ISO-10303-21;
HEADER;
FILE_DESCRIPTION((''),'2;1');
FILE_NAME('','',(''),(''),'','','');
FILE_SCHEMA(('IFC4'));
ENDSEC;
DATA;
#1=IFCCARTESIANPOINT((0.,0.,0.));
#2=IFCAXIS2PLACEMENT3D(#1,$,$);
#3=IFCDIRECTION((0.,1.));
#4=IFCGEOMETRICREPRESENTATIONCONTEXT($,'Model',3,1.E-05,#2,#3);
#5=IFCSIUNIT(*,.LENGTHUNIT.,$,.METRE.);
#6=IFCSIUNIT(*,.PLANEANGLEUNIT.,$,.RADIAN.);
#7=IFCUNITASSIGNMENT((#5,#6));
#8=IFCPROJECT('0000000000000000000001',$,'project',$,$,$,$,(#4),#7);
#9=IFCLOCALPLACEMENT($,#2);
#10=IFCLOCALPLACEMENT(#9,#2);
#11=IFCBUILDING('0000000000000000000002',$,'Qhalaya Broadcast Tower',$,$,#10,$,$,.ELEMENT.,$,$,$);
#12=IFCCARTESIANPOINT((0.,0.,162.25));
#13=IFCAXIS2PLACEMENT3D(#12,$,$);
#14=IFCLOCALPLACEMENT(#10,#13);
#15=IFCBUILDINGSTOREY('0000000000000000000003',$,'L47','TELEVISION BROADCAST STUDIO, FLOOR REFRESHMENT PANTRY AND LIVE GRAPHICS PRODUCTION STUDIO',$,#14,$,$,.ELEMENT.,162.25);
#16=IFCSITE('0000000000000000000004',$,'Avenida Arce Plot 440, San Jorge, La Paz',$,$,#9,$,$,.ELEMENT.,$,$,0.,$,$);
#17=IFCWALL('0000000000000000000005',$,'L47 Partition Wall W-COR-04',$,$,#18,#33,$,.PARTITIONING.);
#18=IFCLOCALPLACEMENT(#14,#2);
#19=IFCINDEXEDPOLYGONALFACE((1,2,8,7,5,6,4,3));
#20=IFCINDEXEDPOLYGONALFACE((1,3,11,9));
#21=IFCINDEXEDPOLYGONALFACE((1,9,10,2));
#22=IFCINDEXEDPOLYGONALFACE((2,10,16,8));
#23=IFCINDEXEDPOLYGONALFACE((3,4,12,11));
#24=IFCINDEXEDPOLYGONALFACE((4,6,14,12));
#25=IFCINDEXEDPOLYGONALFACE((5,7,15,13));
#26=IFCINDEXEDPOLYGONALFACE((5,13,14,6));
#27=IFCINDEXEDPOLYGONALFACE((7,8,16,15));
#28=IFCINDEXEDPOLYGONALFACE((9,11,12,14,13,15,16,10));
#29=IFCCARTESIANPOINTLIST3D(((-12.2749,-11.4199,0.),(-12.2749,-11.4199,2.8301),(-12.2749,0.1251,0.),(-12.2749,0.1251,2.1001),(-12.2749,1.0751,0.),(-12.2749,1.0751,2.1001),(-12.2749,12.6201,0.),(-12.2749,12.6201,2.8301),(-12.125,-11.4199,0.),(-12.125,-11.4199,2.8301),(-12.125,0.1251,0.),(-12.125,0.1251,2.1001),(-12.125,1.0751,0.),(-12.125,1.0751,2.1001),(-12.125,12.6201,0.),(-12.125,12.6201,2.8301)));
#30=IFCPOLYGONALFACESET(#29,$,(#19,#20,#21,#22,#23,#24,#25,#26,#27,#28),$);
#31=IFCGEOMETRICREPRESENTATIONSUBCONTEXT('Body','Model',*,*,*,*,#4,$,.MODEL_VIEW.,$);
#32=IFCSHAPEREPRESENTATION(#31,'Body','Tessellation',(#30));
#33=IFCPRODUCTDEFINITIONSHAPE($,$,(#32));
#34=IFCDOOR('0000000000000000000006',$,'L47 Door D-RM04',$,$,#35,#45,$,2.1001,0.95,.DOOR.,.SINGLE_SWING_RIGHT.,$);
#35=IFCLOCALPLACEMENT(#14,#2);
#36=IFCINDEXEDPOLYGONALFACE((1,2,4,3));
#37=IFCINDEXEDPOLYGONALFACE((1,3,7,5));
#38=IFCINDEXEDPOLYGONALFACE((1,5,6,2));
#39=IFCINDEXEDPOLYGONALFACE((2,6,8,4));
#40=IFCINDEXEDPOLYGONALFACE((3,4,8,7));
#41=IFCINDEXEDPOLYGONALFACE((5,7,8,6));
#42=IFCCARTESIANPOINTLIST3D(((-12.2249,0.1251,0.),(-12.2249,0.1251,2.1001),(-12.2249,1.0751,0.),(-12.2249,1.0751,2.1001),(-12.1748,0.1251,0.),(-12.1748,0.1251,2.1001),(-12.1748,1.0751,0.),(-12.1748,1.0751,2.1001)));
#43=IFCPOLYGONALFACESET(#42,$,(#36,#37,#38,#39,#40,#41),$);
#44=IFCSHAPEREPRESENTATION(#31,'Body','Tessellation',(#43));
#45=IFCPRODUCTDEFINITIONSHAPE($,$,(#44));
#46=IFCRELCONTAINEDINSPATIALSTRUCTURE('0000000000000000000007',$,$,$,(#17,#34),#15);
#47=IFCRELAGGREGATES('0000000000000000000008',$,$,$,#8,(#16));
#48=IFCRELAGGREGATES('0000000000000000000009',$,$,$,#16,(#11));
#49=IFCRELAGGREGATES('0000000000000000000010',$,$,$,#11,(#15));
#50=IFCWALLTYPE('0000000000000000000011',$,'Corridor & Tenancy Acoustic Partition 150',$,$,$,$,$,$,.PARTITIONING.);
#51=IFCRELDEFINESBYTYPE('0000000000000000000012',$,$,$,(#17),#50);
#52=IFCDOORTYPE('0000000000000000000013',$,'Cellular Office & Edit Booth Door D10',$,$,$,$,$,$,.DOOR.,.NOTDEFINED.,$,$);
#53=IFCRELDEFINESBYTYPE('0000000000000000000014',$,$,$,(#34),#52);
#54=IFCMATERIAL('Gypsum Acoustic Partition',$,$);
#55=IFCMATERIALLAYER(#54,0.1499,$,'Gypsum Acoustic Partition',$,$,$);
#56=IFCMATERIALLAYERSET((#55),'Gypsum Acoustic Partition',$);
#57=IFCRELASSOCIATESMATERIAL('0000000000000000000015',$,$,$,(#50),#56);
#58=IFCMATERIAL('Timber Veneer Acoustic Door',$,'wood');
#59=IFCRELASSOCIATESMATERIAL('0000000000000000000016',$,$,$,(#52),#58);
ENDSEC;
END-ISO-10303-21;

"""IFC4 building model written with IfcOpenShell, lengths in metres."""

from ifc_helpers import new_model, si_unit, direction, frame, frame_2d, origin, place, context, subcontext, project, spatial, rectangle, extrude, material, layer, layer_set, type_object, element, fill, save


model = new_model("IFC4")

# Units and contexts
model_context = context("Model", 3, precision=1e-05, world=origin(), true_north=direction((0.0, 1.0)))
body_context = subcontext(model_context, "Body", "Model", "MODEL_VIEW")
ifc_project = project(units=[si_unit("LENGTHUNIT", "METRE"), si_unit("PLANEANGLEUNIT", "RADIAN")], contexts=[model_context])

# Site, building, storey
site_placement = place(None, origin())
site = spatial("IfcSite", under=ifc_project, at=site_placement, Name="Avenida Arce Plot 440, San Jorge, La Paz", CompositionType="ELEMENT", RefElevation=0.0)
building_placement = place(site_placement, origin())
building = spatial("IfcBuilding", under=site, at=building_placement, Name="Qhalaya Broadcast Tower", CompositionType="ELEMENT")
storey_placement = place(building_placement, frame((0.0, 0.0, 162.25)))
storey = spatial("IfcBuildingStorey", under=building, at=storey_placement, Name="L47", Description="TELEVISION BROADCAST STUDIO, FLOOR REFRESHMENT PANTRY AND LIVE GRAPHICS PRODUCTION STUDIO", CompositionType="ELEMENT", Elevation=162.25)

# Wall, opening, door
ifc_material_1 = material(Name="Gypsum Acoustic Partition")
ifc_layer_1 = layer(ifc_material_1, 0.1499, Name="Gypsum Acoustic Partition")
ifc_layer_set_1 = layer_set([ifc_layer_1], Name="Gypsum Acoustic Partition")
wall_type = type_object("IfcWallType", Name="Corridor & Tenancy Acoustic Partition 150", PredefinedType="PARTITIONING", material=ifc_layer_set_1)
wall_placement = place(storey_placement, frame((-12.2, -11.4199, 0.0), z_axis=(0.0, 0.0, 1.0), x_axis=(0.0, 1.0, 0.0)))
wall = element("IfcWall", 1, at=wall_placement, inside=storey, type_object=wall_type, Name="L47 Partition Wall W-COR-04", PredefinedType="PARTITIONING", context=body_context, shape_type="SweptSolid", body=[
    extrude(rectangle(XDim=24.04, YDim=0.1499, at=frame_2d((12.02, 0.0))), origin(), (0.0, 0.0, 1.0), 2.8301),
])
opening_placement = place(wall_placement, frame((11.5449, 0.0, 0.0)))
opening = element("IfcOpeningElement", 2, at=opening_placement, cuts=wall, PredefinedType="OPENING", context=body_context, shape_type="SweptSolid", body=[
    extrude(rectangle(XDim=0.95, YDim=2.1001, at=frame_2d((0.4751, 1.05))), frame((0.0, 0.0869, 0.0), z_axis=(0.0, -1.0, 0.0), x_axis=(1.0, 0.0, 0.0)), (0.0, 0.0, 1.0), 0.1738),
])
ifc_material_2 = material(Name="Timber Veneer Acoustic Door", Category="wood")
door_type = type_object("IfcDoorType", Name="Cellular Office & Edit Booth Door D10", OperationType="NOTDEFINED", PredefinedType="DOOR", material=ifc_material_2)
door_placement = place(opening_placement, origin())
door = element("IfcDoor", 3, at=door_placement, inside=storey, type_object=door_type, Name="L47 Door D-RM04", OperationType="SINGLE_SWING_RIGHT", OverallHeight=2.1001, OverallWidth=0.95, PredefinedType="DOOR", context=body_context, shape_type="SweptSolid", body=[
    extrude(rectangle(XDim=0.95, YDim=2.1001, at=frame_2d((0.4751, 1.05))), frame((0.0, 0.0249, 0.0), z_axis=(0.0, -1.0, 0.0), x_axis=(1.0, 0.0, 0.0)), (0.0, 0.0, 1.0), 0.05),
])
fill(opening, door)

save(model, "model.ifc")
